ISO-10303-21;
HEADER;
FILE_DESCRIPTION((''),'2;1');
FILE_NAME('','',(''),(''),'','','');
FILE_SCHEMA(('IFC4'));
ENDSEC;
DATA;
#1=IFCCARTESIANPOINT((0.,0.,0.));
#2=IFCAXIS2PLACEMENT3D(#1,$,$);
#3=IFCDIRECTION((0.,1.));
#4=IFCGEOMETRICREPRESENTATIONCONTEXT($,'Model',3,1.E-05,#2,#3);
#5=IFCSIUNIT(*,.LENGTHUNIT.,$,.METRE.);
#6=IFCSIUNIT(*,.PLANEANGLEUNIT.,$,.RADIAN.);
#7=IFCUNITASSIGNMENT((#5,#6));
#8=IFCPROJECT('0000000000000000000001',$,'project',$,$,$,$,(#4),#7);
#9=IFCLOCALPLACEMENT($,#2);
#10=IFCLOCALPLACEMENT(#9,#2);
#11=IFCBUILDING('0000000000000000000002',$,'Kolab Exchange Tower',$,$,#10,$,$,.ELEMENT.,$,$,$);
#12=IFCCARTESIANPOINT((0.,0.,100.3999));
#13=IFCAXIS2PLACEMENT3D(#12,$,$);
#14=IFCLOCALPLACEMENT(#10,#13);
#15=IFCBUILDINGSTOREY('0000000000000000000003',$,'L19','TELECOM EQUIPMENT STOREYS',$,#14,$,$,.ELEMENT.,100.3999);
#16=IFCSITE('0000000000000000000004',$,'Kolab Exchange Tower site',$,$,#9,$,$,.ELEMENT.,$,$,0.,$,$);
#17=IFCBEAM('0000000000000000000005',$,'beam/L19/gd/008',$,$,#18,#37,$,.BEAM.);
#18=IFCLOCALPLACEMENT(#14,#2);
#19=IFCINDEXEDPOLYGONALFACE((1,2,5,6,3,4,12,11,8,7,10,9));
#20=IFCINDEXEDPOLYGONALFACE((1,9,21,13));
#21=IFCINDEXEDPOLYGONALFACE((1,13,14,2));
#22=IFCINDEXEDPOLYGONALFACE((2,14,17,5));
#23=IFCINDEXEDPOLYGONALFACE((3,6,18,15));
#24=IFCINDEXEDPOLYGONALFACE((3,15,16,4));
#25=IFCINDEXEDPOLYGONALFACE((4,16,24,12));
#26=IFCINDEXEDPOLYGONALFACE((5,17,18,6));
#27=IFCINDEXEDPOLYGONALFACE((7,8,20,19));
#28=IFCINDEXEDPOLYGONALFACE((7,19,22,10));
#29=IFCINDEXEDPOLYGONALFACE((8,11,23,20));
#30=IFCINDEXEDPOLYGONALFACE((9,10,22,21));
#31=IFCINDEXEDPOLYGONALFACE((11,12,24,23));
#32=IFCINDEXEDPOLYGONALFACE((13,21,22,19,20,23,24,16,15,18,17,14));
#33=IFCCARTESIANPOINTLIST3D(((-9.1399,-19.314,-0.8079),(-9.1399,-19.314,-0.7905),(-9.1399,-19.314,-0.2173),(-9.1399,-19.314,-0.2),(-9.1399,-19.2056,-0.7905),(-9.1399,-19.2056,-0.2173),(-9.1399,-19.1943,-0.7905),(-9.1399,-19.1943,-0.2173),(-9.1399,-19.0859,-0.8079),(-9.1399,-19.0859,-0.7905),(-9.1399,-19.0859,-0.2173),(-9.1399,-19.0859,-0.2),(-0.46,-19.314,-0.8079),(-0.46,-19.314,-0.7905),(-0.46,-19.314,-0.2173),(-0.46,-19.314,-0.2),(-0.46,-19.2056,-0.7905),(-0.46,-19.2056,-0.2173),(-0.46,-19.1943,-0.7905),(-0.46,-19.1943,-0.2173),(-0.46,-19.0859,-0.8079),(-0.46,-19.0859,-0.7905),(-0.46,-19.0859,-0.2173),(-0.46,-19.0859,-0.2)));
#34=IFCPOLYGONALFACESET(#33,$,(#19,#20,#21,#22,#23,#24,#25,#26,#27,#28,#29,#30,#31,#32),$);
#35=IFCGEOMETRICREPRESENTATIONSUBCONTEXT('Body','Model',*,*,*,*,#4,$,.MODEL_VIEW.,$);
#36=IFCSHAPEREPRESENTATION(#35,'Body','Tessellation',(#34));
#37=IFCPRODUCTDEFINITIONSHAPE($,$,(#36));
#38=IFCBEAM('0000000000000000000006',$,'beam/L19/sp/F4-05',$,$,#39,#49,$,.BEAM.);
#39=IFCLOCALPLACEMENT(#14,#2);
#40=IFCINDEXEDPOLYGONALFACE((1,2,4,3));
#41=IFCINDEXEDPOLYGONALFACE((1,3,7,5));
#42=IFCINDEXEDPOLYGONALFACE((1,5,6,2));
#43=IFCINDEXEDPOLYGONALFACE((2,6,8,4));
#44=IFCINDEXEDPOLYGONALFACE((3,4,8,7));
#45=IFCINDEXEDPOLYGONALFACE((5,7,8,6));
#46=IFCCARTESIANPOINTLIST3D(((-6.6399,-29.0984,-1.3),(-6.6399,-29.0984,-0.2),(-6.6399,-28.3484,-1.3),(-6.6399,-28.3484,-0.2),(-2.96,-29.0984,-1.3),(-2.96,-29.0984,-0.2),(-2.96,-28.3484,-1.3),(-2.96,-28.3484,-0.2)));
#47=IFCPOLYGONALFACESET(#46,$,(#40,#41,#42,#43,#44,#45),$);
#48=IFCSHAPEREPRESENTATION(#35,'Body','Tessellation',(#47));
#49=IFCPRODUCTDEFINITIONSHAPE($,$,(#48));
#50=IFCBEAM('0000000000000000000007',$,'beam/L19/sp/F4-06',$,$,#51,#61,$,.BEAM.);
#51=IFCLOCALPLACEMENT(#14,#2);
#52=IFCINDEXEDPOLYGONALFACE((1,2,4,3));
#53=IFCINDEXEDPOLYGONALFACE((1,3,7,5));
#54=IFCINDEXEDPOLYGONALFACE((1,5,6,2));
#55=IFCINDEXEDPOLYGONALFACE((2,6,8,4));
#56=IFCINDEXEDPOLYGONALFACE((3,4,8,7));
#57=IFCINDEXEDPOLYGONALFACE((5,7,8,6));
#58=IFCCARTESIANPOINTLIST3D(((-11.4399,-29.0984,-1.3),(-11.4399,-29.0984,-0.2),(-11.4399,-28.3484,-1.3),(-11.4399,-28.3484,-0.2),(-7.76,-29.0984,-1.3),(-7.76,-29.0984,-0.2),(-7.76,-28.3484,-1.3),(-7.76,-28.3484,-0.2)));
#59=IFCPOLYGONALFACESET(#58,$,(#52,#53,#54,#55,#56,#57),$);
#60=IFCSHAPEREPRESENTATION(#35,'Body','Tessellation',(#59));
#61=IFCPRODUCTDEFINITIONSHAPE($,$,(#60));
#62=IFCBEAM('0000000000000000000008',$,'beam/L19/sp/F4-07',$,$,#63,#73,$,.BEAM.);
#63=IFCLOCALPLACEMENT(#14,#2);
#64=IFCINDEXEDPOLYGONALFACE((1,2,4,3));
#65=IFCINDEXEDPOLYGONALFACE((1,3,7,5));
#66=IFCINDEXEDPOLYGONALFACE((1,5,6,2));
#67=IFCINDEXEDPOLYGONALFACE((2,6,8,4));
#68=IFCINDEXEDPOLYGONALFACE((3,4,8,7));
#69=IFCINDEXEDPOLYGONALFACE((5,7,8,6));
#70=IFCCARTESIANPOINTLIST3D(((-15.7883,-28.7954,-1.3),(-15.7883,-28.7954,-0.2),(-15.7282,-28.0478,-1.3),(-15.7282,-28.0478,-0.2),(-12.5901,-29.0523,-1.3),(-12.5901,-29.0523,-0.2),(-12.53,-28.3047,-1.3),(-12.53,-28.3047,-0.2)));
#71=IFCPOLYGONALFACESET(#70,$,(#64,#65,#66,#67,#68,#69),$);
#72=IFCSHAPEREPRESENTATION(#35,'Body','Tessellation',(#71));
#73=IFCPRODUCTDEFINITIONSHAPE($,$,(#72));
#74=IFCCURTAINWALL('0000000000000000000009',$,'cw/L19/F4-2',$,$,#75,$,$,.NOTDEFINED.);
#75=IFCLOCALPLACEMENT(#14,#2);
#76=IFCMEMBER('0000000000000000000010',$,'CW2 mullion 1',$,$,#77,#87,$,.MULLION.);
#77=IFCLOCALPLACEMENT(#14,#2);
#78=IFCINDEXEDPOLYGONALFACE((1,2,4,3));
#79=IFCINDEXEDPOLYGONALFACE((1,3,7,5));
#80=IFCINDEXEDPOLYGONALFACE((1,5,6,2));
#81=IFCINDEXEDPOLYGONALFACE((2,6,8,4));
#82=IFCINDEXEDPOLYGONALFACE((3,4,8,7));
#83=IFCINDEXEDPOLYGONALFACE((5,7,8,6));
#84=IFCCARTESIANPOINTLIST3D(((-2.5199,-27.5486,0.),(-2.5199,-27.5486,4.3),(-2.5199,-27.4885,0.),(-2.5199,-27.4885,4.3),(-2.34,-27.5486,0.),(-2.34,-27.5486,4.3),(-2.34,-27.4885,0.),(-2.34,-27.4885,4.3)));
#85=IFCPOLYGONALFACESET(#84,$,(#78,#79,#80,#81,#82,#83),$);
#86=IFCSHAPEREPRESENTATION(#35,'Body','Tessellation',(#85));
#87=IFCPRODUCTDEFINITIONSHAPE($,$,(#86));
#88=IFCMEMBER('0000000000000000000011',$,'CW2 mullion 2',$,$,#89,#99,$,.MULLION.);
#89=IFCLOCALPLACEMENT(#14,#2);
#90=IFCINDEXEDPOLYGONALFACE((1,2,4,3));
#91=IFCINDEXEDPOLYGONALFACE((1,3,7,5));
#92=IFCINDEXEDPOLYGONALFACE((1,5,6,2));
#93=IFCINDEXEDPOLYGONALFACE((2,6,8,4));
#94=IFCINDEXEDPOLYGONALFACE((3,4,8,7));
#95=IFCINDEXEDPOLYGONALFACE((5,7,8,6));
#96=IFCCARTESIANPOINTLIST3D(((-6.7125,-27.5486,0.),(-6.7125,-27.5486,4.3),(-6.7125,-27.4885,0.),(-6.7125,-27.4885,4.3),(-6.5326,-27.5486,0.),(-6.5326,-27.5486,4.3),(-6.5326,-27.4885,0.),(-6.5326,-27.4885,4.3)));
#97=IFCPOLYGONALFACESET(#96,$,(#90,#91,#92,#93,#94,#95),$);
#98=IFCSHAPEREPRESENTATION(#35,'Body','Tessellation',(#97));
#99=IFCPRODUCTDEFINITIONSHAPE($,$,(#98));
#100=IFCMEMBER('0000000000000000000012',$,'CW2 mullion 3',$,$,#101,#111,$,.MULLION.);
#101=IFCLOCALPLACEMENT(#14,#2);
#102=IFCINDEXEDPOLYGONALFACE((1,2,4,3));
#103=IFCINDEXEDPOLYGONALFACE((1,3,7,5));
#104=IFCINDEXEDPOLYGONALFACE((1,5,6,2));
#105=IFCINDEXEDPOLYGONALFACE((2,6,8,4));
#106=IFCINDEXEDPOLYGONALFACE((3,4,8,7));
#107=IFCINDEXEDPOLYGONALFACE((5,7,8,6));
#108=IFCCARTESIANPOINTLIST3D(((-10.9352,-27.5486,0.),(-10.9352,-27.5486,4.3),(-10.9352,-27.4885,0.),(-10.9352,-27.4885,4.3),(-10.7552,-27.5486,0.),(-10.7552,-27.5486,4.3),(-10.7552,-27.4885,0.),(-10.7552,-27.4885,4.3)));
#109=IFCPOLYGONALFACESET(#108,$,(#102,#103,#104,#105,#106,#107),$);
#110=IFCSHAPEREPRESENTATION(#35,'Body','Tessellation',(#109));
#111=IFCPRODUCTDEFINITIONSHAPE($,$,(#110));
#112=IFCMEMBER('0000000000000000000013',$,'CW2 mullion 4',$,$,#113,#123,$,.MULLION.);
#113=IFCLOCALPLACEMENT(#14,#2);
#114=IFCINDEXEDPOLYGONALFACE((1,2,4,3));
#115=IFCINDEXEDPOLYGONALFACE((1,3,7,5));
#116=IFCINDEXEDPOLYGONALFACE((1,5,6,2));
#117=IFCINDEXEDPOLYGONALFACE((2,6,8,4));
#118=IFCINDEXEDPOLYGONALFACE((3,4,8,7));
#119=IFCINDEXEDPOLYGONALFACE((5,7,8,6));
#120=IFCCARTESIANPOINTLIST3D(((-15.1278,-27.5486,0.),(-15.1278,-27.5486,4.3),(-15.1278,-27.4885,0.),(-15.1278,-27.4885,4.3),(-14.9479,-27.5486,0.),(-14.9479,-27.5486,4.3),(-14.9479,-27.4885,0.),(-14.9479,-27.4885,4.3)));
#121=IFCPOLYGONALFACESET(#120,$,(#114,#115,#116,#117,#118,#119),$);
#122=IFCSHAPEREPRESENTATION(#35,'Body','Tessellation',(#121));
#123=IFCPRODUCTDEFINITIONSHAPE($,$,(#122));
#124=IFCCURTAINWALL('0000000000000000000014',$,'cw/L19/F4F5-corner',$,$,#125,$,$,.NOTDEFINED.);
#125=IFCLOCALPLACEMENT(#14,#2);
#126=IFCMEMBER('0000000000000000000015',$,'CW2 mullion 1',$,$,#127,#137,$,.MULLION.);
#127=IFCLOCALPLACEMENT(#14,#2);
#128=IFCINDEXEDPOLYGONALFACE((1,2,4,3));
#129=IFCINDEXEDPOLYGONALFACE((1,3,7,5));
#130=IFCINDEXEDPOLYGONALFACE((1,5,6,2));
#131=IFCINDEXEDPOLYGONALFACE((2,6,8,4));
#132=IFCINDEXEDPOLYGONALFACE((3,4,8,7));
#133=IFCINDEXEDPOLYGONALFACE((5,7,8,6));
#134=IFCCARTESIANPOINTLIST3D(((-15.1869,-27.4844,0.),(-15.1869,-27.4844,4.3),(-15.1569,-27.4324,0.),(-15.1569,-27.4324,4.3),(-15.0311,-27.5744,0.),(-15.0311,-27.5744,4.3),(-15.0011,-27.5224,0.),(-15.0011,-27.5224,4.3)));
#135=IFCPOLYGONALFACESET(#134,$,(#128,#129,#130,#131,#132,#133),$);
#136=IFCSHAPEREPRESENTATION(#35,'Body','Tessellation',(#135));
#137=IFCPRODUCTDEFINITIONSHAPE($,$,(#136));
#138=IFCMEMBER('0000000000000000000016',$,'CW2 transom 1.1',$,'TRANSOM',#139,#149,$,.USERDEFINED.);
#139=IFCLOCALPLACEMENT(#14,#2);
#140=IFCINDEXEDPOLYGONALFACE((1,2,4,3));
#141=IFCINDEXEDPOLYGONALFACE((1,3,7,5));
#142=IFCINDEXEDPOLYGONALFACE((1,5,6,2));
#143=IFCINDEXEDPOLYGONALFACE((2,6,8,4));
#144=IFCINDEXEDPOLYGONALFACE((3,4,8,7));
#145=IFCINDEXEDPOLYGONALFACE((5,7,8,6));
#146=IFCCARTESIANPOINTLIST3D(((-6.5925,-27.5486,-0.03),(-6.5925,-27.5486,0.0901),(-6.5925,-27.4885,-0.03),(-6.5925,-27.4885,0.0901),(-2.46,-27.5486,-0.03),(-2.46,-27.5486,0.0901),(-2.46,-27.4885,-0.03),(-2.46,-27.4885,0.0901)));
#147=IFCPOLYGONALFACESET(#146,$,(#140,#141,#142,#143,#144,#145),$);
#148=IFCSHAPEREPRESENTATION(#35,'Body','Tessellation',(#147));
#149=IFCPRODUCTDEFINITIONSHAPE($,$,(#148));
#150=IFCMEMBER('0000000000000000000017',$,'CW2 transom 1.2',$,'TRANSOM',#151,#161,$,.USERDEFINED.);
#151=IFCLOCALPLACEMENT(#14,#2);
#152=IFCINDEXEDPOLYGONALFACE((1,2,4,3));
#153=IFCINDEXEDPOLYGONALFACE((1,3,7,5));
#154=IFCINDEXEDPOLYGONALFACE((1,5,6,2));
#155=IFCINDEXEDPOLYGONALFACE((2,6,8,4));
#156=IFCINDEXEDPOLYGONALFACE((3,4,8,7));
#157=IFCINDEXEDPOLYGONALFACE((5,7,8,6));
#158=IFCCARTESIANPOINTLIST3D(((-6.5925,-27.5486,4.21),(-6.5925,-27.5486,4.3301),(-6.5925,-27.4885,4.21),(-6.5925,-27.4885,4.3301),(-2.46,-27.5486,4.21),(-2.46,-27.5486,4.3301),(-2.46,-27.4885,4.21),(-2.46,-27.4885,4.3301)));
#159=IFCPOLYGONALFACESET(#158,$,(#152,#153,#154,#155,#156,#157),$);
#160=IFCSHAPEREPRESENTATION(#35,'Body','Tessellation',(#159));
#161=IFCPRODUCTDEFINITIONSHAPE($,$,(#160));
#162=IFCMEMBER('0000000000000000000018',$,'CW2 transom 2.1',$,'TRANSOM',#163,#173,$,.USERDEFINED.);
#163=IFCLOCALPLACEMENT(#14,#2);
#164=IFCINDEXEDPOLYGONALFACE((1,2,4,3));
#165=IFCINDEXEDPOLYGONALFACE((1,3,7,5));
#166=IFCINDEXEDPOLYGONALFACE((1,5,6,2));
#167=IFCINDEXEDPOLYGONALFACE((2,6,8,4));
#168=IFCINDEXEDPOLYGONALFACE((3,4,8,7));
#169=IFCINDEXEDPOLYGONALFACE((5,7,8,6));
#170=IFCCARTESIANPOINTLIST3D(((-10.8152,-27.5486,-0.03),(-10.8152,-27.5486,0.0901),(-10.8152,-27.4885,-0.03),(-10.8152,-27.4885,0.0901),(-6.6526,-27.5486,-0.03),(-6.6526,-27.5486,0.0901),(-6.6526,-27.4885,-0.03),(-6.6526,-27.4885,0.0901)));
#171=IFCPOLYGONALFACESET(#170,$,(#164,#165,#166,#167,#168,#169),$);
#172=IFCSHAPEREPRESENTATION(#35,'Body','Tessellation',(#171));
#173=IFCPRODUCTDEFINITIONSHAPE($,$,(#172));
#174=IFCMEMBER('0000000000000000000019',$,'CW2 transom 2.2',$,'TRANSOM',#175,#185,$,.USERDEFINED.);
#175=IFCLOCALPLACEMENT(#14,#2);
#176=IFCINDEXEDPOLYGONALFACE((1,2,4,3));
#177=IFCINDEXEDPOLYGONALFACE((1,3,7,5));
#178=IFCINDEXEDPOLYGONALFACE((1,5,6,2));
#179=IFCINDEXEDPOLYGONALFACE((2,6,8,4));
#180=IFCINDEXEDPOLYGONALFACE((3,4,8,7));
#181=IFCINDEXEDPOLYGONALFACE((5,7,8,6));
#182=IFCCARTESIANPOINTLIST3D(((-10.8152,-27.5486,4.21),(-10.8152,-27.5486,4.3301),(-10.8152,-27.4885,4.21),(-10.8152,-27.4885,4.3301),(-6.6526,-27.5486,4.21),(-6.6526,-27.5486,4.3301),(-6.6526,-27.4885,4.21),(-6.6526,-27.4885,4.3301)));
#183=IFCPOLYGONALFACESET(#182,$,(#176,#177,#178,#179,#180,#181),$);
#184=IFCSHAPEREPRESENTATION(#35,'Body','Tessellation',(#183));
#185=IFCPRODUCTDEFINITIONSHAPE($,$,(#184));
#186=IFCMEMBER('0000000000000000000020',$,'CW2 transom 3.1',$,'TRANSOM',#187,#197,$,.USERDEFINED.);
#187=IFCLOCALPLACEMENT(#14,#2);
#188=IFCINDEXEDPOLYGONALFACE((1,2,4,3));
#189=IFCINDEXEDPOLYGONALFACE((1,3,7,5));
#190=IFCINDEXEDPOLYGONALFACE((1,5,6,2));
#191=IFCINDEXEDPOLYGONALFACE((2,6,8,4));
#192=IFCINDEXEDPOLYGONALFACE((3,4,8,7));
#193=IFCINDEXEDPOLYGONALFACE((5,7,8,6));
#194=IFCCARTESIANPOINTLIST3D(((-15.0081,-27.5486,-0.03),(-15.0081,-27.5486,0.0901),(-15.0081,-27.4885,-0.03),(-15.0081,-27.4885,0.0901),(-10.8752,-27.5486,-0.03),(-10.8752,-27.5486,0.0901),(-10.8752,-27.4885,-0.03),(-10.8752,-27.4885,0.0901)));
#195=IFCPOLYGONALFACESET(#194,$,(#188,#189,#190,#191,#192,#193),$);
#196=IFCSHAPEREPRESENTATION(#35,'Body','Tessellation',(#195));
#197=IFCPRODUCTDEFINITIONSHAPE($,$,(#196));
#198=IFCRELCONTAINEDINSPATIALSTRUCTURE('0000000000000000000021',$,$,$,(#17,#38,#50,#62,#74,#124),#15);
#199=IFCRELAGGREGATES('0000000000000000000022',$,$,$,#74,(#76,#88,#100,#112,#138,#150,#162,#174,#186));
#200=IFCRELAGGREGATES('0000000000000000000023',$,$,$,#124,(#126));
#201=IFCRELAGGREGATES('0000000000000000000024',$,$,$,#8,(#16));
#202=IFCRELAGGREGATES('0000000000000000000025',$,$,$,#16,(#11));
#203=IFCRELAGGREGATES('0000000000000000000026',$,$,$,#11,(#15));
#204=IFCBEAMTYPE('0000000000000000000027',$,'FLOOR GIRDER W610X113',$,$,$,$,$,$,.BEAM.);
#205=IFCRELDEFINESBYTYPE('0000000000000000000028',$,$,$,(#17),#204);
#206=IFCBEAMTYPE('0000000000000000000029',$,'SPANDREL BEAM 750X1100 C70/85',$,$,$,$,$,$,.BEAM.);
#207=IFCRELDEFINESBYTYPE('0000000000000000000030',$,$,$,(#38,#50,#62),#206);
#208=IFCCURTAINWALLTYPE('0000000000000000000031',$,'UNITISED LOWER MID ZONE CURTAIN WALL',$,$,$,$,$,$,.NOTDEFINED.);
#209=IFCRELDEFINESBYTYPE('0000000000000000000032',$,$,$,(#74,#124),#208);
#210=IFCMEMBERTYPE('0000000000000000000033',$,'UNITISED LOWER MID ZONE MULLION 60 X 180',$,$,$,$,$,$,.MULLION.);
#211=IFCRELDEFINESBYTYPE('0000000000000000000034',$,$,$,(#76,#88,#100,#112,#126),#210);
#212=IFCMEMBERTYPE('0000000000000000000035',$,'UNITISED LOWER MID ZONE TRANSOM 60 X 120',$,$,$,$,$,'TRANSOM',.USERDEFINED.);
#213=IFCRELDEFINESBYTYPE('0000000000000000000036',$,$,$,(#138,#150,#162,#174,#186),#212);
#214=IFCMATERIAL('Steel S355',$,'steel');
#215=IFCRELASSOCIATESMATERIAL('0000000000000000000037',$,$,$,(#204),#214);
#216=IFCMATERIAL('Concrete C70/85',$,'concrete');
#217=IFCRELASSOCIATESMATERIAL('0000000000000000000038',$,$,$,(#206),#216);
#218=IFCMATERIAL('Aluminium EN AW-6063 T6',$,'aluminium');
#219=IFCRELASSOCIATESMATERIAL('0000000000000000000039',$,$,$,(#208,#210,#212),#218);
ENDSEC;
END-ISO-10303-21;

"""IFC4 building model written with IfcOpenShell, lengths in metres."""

from ifc_helpers import new_model, si_unit, direction, frame, origin, origin_2d, place, context, subcontext, project, spatial, rectangle, i_section, extrude, material, material_profile, profile_set, type_object, element, aggregate, save


model = new_model("IFC4")

# Units and contexts
model_context = context("Model", 3, precision=1e-05, world=origin(), true_north=direction((0.0, 1.0)))
body_context = subcontext(model_context, "Body", "Model", "MODEL_VIEW")
ifc_project = project(units=[si_unit("LENGTHUNIT", "METRE"), si_unit("PLANEANGLEUNIT", "RADIAN")], contexts=[model_context])

# Site, building, storey
site_placement = place(None, origin())
site = spatial("IfcSite", under=ifc_project, at=site_placement, Name="Kolab Exchange Tower site", CompositionType="ELEMENT", RefElevation=0.0)
building_placement = place(site_placement, origin())
building = spatial("IfcBuilding", under=site, at=building_placement, Name="Kolab Exchange Tower", CompositionType="ELEMENT")
storey_placement = place(building_placement, frame((0.0, 0.0, 100.3999)))
storey = spatial("IfcBuildingStorey", under=building, at=storey_placement, Name="L19", Description="TELECOM EQUIPMENT STOREYS", CompositionType="ELEMENT", Elevation=100.3999)

# Shared definitions
ifc_material_1 = material(Name="Concrete C70/85", Category="concrete")

# Beams
ifc_material_2 = material(Name="Steel S355", Category="steel")
ifc_material_profile_1 = material_profile(ifc_material_2, i_section(OverallWidth=0.228, OverallDepth=0.6079, WebThickness=0.0112, FlangeThickness=0.0173, at=origin_2d()), Name="W610X113")
ifc_profile_set_1 = profile_set([ifc_material_profile_1], Name="Steel S355")
beam_type_1 = type_object("IfcBeamType", Name="FLOOR GIRDER W610X113", PredefinedType="BEAM", material=ifc_profile_set_1)
beam_1_placement = place(storey_placement, frame((-9.1399, -19.2, -0.5039), z_axis=(1.0, 0.0, 0.0), x_axis=(0.0, 1.0, 0.0)))
element("IfcBeam", 1, at=beam_1_placement, inside=storey, type_object=beam_type_1, Name="beam/L19/gd/008", PredefinedType="BEAM", context=body_context, shape_type="SweptSolid", body=[
    extrude(i_section(OverallWidth=0.228, OverallDepth=0.6079, WebThickness=0.0112, FlangeThickness=0.0173, at=origin_2d()), origin(), (0.0, 0.0, 1.0), 8.6799),
])
ifc_material_profile_2 = material_profile(ifc_material_1, rectangle(XDim=0.75, YDim=1.1001, at=origin_2d()), Name="RC750X1100")
ifc_profile_set_2 = profile_set([ifc_material_profile_2], Name="Concrete C70/85")
beam_type_2 = type_object("IfcBeamType", Name="SPANDREL BEAM 750X1100 C70/85", PredefinedType="BEAM", material=ifc_profile_set_2)
for number, where, z_axis, x_axis, name in (
    (2, (-2.96, -28.7234, -0.75), (-1.0, 0.0, 0.0), (0.0, -1.0, 0.0), "beam/L19/sp/F4-05"),
    (3, (-7.76, -28.7234, -0.75), (-1.0, 0.0, 0.0), (0.0, -1.0, 0.0), "beam/L19/sp/F4-06"),
):
    element("IfcBeam", number, at=place(storey_placement, frame(where, z_axis=z_axis, x_axis=x_axis)), inside=storey, type_object=beam_type_2, Name=name, PredefinedType="BEAM", context=body_context, shape_type="SweptSolid", body=[
        extrude(rectangle(XDim=0.75, YDim=1.1001, at=origin_2d()), origin(), (0.0, 0.0, 1.0), 3.6799),
    ])
beam_2_placement = place(storey_placement, frame((-12.5601, -28.6785, -0.75), z_axis=(-0.996791, 0.080048, 0.0), x_axis=(-0.080048, -0.996791, 0.0)))
element("IfcBeam", 4, at=beam_2_placement, inside=storey, type_object=beam_type_2, Name="beam/L19/sp/F4-07", PredefinedType="BEAM", context=body_context, shape_type="SweptSolid", body=[
    extrude(rectangle(XDim=0.75, YDim=1.1001, at=origin_2d()), origin(), (0.0, 0.0, 1.0), 3.2085),
])

# Curtain wall, members
ifc_material_3 = material(Name="Aluminium EN AW-6063 T6", Category="aluminium")
curtain_wall_type = type_object("IfcCurtainWallType", Name="UNITISED LOWER MID ZONE CURTAIN WALL", PredefinedType="NOTDEFINED", material=ifc_material_3)
curtain_wall_1_placement = place(storey_placement, origin())
curtain_wall_1 = element("IfcCurtainWall", 5, at=curtain_wall_1_placement, inside=storey, type_object=curtain_wall_type, Name="cw/L19/F4-2", PredefinedType="NOTDEFINED")
ifc_material_profile_3 = material_profile(ifc_material_3, rectangle(XDim=0.0601, YDim=0.1799, at=origin_2d()), Name="RECT 60X180")
ifc_profile_set_3 = profile_set([ifc_material_profile_3], Name="Aluminium EN AW-6063 T6")
member_type_1 = type_object("IfcMemberType", Name="UNITISED LOWER MID ZONE MULLION 60 X 180", PredefinedType="MULLION", material=ifc_profile_set_3)
member_1_placement = place(storey_placement, frame((-2.4299, -27.5186, 0.0), z_axis=(0.0, 0.0, 1.0), x_axis=(0.0, -1.0, 0.0)))
member_1 = element("IfcMember", 6, at=member_1_placement, type_object=member_type_1, Name="CW2 mullion 1", PredefinedType="MULLION", context=body_context, shape_type="SweptSolid", body=[
    extrude(rectangle(XDim=0.0601, YDim=0.1799, at=origin_2d()), origin(), (0.0, 0.0, 1.0), 4.3),
])
member_2_placement = place(storey_placement, frame((-6.6226, -27.5186, 0.0), z_axis=(0.0, 0.0, 1.0), x_axis=(0.0, -1.0, 0.0)))
member_2 = element("IfcMember", 7, at=member_2_placement, type_object=member_type_1, Name="CW2 mullion 2", PredefinedType="MULLION", context=body_context, shape_type="SweptSolid", body=[
    extrude(rectangle(XDim=0.0601, YDim=0.1799, at=origin_2d()), origin(), (0.0, 0.0, 1.0), 4.3),
])
member_3_placement = place(storey_placement, frame((-10.8452, -27.5186, 0.0), z_axis=(0.0, 0.0, 1.0), x_axis=(0.0, -1.0, 0.0)))
member_3 = element("IfcMember", 8, at=member_3_placement, type_object=member_type_1, Name="CW2 mullion 3", PredefinedType="MULLION", context=body_context, shape_type="SweptSolid", body=[
    extrude(rectangle(XDim=0.0601, YDim=0.1799, at=origin_2d()), origin(), (0.0, 0.0, 1.0), 4.3),
])
member_4_placement = place(storey_placement, frame((-15.0378, -27.5186, 0.0), z_axis=(0.0, 0.0, 1.0), x_axis=(0.0, -1.0, 0.0)))
member_4 = element("IfcMember", 9, at=member_4_placement, type_object=member_type_1, Name="CW2 mullion 4", PredefinedType="MULLION", context=body_context, shape_type="SweptSolid", body=[
    extrude(rectangle(XDim=0.0601, YDim=0.1799, at=origin_2d()), origin(), (0.0, 0.0, 1.0), 4.3),
])

# Curtain wall, member
curtain_wall_2_placement = place(storey_placement, origin())
curtain_wall_2 = element("IfcCurtainWall", 10, at=curtain_wall_2_placement, inside=storey, type_object=curtain_wall_type, Name="cw/L19/F4F5-corner", PredefinedType="NOTDEFINED")
member_5_placement = place(storey_placement, frame((-15.094, -27.5034, 0.0), z_axis=(0.0, 0.0, 1.0), x_axis=(-0.5, -0.866025, 0.0)))
member_5 = element("IfcMember", 11, at=member_5_placement, type_object=member_type_1, Name="CW2 mullion 1", PredefinedType="MULLION", context=body_context, shape_type="SweptSolid", body=[
    extrude(rectangle(XDim=0.0601, YDim=0.1799, at=origin_2d()), origin(), (0.0, 0.0, 1.0), 4.3),
])

# Members
ifc_material_profile_4 = material_profile(ifc_material_3, rectangle(XDim=0.0601, YDim=0.1201, at=origin_2d()), Name="RECT 60X120")
ifc_profile_set_4 = profile_set([ifc_material_profile_4], Name="Aluminium EN AW-6063 T6")
member_type_2 = type_object("IfcMemberType", Name="UNITISED LOWER MID ZONE TRANSOM 60 X 120", ElementType="TRANSOM", PredefinedType="USERDEFINED", material=ifc_profile_set_4)
member_6_placement = place(storey_placement, frame((-2.46, -27.5186, 0.03), z_axis=(-1.0, 0.0, 0.0), x_axis=(0.0, -1.0, 0.0)))
member_6 = element("IfcMember", 12, at=member_6_placement, type_object=member_type_2, Name="CW2 transom 1.1", ObjectType="TRANSOM", PredefinedType="USERDEFINED", context=body_context, shape_type="SweptSolid", body=[
    extrude(rectangle(XDim=0.0601, YDim=0.1201, at=origin_2d()), origin(), (0.0, 0.0, 1.0), 4.1326),
])
member_7_placement = place(storey_placement, frame((-2.46, -27.5186, 4.27), z_axis=(-1.0, 0.0, 0.0), x_axis=(0.0, -1.0, 0.0)))
member_7 = element("IfcMember", 13, at=member_7_placement, type_object=member_type_2, Name="CW2 transom 1.2", ObjectType="TRANSOM", PredefinedType="USERDEFINED", context=body_context, shape_type="SweptSolid", body=[
    extrude(rectangle(XDim=0.0601, YDim=0.1201, at=origin_2d()), origin(), (0.0, 0.0, 1.0), 4.1326),
])
member_8_placement = place(storey_placement, frame((-6.6526, -27.5186, 0.03), z_axis=(-1.0, 0.0, 0.0), x_axis=(0.0, -1.0, 0.0)))
member_8 = element("IfcMember", 14, at=member_8_placement, type_object=member_type_2, Name="CW2 transom 2.1", ObjectType="TRANSOM", PredefinedType="USERDEFINED", context=body_context, shape_type="SweptSolid", body=[
    extrude(rectangle(XDim=0.0601, YDim=0.1201, at=origin_2d()), origin(), (0.0, 0.0, 1.0), 4.1626),
])
member_9_placement = place(storey_placement, frame((-6.6526, -27.5186, 4.27), z_axis=(-1.0, 0.0, 0.0), x_axis=(0.0, -1.0, 0.0)))
member_9 = element("IfcMember", 15, at=member_9_placement, type_object=member_type_2, Name="CW2 transom 2.2", ObjectType="TRANSOM", PredefinedType="USERDEFINED", context=body_context, shape_type="SweptSolid", body=[
    extrude(rectangle(XDim=0.0601, YDim=0.1201, at=origin_2d()), origin(), (0.0, 0.0, 1.0), 4.1626),
])
member_10_placement = place(storey_placement, frame((-10.8752, -27.5186, 0.03), z_axis=(-1.0, 0.0, 0.0), x_axis=(0.0, -1.0, 0.0)))
member_10 = element("IfcMember", 16, at=member_10_placement, type_object=member_type_2, Name="CW2 transom 3.1", ObjectType="TRANSOM", PredefinedType="USERDEFINED", context=body_context, shape_type="SweptSolid", body=[
    extrude(rectangle(XDim=0.0601, YDim=0.1201, at=origin_2d()), origin(), (0.0, 0.0, 1.0), 4.1328),
])

aggregate(curtain_wall_1, [member_1, member_2, member_3, member_4, member_6, member_7, member_8, member_9, member_10])
aggregate(curtain_wall_2, [member_5])

save(model, "model.ifc")
